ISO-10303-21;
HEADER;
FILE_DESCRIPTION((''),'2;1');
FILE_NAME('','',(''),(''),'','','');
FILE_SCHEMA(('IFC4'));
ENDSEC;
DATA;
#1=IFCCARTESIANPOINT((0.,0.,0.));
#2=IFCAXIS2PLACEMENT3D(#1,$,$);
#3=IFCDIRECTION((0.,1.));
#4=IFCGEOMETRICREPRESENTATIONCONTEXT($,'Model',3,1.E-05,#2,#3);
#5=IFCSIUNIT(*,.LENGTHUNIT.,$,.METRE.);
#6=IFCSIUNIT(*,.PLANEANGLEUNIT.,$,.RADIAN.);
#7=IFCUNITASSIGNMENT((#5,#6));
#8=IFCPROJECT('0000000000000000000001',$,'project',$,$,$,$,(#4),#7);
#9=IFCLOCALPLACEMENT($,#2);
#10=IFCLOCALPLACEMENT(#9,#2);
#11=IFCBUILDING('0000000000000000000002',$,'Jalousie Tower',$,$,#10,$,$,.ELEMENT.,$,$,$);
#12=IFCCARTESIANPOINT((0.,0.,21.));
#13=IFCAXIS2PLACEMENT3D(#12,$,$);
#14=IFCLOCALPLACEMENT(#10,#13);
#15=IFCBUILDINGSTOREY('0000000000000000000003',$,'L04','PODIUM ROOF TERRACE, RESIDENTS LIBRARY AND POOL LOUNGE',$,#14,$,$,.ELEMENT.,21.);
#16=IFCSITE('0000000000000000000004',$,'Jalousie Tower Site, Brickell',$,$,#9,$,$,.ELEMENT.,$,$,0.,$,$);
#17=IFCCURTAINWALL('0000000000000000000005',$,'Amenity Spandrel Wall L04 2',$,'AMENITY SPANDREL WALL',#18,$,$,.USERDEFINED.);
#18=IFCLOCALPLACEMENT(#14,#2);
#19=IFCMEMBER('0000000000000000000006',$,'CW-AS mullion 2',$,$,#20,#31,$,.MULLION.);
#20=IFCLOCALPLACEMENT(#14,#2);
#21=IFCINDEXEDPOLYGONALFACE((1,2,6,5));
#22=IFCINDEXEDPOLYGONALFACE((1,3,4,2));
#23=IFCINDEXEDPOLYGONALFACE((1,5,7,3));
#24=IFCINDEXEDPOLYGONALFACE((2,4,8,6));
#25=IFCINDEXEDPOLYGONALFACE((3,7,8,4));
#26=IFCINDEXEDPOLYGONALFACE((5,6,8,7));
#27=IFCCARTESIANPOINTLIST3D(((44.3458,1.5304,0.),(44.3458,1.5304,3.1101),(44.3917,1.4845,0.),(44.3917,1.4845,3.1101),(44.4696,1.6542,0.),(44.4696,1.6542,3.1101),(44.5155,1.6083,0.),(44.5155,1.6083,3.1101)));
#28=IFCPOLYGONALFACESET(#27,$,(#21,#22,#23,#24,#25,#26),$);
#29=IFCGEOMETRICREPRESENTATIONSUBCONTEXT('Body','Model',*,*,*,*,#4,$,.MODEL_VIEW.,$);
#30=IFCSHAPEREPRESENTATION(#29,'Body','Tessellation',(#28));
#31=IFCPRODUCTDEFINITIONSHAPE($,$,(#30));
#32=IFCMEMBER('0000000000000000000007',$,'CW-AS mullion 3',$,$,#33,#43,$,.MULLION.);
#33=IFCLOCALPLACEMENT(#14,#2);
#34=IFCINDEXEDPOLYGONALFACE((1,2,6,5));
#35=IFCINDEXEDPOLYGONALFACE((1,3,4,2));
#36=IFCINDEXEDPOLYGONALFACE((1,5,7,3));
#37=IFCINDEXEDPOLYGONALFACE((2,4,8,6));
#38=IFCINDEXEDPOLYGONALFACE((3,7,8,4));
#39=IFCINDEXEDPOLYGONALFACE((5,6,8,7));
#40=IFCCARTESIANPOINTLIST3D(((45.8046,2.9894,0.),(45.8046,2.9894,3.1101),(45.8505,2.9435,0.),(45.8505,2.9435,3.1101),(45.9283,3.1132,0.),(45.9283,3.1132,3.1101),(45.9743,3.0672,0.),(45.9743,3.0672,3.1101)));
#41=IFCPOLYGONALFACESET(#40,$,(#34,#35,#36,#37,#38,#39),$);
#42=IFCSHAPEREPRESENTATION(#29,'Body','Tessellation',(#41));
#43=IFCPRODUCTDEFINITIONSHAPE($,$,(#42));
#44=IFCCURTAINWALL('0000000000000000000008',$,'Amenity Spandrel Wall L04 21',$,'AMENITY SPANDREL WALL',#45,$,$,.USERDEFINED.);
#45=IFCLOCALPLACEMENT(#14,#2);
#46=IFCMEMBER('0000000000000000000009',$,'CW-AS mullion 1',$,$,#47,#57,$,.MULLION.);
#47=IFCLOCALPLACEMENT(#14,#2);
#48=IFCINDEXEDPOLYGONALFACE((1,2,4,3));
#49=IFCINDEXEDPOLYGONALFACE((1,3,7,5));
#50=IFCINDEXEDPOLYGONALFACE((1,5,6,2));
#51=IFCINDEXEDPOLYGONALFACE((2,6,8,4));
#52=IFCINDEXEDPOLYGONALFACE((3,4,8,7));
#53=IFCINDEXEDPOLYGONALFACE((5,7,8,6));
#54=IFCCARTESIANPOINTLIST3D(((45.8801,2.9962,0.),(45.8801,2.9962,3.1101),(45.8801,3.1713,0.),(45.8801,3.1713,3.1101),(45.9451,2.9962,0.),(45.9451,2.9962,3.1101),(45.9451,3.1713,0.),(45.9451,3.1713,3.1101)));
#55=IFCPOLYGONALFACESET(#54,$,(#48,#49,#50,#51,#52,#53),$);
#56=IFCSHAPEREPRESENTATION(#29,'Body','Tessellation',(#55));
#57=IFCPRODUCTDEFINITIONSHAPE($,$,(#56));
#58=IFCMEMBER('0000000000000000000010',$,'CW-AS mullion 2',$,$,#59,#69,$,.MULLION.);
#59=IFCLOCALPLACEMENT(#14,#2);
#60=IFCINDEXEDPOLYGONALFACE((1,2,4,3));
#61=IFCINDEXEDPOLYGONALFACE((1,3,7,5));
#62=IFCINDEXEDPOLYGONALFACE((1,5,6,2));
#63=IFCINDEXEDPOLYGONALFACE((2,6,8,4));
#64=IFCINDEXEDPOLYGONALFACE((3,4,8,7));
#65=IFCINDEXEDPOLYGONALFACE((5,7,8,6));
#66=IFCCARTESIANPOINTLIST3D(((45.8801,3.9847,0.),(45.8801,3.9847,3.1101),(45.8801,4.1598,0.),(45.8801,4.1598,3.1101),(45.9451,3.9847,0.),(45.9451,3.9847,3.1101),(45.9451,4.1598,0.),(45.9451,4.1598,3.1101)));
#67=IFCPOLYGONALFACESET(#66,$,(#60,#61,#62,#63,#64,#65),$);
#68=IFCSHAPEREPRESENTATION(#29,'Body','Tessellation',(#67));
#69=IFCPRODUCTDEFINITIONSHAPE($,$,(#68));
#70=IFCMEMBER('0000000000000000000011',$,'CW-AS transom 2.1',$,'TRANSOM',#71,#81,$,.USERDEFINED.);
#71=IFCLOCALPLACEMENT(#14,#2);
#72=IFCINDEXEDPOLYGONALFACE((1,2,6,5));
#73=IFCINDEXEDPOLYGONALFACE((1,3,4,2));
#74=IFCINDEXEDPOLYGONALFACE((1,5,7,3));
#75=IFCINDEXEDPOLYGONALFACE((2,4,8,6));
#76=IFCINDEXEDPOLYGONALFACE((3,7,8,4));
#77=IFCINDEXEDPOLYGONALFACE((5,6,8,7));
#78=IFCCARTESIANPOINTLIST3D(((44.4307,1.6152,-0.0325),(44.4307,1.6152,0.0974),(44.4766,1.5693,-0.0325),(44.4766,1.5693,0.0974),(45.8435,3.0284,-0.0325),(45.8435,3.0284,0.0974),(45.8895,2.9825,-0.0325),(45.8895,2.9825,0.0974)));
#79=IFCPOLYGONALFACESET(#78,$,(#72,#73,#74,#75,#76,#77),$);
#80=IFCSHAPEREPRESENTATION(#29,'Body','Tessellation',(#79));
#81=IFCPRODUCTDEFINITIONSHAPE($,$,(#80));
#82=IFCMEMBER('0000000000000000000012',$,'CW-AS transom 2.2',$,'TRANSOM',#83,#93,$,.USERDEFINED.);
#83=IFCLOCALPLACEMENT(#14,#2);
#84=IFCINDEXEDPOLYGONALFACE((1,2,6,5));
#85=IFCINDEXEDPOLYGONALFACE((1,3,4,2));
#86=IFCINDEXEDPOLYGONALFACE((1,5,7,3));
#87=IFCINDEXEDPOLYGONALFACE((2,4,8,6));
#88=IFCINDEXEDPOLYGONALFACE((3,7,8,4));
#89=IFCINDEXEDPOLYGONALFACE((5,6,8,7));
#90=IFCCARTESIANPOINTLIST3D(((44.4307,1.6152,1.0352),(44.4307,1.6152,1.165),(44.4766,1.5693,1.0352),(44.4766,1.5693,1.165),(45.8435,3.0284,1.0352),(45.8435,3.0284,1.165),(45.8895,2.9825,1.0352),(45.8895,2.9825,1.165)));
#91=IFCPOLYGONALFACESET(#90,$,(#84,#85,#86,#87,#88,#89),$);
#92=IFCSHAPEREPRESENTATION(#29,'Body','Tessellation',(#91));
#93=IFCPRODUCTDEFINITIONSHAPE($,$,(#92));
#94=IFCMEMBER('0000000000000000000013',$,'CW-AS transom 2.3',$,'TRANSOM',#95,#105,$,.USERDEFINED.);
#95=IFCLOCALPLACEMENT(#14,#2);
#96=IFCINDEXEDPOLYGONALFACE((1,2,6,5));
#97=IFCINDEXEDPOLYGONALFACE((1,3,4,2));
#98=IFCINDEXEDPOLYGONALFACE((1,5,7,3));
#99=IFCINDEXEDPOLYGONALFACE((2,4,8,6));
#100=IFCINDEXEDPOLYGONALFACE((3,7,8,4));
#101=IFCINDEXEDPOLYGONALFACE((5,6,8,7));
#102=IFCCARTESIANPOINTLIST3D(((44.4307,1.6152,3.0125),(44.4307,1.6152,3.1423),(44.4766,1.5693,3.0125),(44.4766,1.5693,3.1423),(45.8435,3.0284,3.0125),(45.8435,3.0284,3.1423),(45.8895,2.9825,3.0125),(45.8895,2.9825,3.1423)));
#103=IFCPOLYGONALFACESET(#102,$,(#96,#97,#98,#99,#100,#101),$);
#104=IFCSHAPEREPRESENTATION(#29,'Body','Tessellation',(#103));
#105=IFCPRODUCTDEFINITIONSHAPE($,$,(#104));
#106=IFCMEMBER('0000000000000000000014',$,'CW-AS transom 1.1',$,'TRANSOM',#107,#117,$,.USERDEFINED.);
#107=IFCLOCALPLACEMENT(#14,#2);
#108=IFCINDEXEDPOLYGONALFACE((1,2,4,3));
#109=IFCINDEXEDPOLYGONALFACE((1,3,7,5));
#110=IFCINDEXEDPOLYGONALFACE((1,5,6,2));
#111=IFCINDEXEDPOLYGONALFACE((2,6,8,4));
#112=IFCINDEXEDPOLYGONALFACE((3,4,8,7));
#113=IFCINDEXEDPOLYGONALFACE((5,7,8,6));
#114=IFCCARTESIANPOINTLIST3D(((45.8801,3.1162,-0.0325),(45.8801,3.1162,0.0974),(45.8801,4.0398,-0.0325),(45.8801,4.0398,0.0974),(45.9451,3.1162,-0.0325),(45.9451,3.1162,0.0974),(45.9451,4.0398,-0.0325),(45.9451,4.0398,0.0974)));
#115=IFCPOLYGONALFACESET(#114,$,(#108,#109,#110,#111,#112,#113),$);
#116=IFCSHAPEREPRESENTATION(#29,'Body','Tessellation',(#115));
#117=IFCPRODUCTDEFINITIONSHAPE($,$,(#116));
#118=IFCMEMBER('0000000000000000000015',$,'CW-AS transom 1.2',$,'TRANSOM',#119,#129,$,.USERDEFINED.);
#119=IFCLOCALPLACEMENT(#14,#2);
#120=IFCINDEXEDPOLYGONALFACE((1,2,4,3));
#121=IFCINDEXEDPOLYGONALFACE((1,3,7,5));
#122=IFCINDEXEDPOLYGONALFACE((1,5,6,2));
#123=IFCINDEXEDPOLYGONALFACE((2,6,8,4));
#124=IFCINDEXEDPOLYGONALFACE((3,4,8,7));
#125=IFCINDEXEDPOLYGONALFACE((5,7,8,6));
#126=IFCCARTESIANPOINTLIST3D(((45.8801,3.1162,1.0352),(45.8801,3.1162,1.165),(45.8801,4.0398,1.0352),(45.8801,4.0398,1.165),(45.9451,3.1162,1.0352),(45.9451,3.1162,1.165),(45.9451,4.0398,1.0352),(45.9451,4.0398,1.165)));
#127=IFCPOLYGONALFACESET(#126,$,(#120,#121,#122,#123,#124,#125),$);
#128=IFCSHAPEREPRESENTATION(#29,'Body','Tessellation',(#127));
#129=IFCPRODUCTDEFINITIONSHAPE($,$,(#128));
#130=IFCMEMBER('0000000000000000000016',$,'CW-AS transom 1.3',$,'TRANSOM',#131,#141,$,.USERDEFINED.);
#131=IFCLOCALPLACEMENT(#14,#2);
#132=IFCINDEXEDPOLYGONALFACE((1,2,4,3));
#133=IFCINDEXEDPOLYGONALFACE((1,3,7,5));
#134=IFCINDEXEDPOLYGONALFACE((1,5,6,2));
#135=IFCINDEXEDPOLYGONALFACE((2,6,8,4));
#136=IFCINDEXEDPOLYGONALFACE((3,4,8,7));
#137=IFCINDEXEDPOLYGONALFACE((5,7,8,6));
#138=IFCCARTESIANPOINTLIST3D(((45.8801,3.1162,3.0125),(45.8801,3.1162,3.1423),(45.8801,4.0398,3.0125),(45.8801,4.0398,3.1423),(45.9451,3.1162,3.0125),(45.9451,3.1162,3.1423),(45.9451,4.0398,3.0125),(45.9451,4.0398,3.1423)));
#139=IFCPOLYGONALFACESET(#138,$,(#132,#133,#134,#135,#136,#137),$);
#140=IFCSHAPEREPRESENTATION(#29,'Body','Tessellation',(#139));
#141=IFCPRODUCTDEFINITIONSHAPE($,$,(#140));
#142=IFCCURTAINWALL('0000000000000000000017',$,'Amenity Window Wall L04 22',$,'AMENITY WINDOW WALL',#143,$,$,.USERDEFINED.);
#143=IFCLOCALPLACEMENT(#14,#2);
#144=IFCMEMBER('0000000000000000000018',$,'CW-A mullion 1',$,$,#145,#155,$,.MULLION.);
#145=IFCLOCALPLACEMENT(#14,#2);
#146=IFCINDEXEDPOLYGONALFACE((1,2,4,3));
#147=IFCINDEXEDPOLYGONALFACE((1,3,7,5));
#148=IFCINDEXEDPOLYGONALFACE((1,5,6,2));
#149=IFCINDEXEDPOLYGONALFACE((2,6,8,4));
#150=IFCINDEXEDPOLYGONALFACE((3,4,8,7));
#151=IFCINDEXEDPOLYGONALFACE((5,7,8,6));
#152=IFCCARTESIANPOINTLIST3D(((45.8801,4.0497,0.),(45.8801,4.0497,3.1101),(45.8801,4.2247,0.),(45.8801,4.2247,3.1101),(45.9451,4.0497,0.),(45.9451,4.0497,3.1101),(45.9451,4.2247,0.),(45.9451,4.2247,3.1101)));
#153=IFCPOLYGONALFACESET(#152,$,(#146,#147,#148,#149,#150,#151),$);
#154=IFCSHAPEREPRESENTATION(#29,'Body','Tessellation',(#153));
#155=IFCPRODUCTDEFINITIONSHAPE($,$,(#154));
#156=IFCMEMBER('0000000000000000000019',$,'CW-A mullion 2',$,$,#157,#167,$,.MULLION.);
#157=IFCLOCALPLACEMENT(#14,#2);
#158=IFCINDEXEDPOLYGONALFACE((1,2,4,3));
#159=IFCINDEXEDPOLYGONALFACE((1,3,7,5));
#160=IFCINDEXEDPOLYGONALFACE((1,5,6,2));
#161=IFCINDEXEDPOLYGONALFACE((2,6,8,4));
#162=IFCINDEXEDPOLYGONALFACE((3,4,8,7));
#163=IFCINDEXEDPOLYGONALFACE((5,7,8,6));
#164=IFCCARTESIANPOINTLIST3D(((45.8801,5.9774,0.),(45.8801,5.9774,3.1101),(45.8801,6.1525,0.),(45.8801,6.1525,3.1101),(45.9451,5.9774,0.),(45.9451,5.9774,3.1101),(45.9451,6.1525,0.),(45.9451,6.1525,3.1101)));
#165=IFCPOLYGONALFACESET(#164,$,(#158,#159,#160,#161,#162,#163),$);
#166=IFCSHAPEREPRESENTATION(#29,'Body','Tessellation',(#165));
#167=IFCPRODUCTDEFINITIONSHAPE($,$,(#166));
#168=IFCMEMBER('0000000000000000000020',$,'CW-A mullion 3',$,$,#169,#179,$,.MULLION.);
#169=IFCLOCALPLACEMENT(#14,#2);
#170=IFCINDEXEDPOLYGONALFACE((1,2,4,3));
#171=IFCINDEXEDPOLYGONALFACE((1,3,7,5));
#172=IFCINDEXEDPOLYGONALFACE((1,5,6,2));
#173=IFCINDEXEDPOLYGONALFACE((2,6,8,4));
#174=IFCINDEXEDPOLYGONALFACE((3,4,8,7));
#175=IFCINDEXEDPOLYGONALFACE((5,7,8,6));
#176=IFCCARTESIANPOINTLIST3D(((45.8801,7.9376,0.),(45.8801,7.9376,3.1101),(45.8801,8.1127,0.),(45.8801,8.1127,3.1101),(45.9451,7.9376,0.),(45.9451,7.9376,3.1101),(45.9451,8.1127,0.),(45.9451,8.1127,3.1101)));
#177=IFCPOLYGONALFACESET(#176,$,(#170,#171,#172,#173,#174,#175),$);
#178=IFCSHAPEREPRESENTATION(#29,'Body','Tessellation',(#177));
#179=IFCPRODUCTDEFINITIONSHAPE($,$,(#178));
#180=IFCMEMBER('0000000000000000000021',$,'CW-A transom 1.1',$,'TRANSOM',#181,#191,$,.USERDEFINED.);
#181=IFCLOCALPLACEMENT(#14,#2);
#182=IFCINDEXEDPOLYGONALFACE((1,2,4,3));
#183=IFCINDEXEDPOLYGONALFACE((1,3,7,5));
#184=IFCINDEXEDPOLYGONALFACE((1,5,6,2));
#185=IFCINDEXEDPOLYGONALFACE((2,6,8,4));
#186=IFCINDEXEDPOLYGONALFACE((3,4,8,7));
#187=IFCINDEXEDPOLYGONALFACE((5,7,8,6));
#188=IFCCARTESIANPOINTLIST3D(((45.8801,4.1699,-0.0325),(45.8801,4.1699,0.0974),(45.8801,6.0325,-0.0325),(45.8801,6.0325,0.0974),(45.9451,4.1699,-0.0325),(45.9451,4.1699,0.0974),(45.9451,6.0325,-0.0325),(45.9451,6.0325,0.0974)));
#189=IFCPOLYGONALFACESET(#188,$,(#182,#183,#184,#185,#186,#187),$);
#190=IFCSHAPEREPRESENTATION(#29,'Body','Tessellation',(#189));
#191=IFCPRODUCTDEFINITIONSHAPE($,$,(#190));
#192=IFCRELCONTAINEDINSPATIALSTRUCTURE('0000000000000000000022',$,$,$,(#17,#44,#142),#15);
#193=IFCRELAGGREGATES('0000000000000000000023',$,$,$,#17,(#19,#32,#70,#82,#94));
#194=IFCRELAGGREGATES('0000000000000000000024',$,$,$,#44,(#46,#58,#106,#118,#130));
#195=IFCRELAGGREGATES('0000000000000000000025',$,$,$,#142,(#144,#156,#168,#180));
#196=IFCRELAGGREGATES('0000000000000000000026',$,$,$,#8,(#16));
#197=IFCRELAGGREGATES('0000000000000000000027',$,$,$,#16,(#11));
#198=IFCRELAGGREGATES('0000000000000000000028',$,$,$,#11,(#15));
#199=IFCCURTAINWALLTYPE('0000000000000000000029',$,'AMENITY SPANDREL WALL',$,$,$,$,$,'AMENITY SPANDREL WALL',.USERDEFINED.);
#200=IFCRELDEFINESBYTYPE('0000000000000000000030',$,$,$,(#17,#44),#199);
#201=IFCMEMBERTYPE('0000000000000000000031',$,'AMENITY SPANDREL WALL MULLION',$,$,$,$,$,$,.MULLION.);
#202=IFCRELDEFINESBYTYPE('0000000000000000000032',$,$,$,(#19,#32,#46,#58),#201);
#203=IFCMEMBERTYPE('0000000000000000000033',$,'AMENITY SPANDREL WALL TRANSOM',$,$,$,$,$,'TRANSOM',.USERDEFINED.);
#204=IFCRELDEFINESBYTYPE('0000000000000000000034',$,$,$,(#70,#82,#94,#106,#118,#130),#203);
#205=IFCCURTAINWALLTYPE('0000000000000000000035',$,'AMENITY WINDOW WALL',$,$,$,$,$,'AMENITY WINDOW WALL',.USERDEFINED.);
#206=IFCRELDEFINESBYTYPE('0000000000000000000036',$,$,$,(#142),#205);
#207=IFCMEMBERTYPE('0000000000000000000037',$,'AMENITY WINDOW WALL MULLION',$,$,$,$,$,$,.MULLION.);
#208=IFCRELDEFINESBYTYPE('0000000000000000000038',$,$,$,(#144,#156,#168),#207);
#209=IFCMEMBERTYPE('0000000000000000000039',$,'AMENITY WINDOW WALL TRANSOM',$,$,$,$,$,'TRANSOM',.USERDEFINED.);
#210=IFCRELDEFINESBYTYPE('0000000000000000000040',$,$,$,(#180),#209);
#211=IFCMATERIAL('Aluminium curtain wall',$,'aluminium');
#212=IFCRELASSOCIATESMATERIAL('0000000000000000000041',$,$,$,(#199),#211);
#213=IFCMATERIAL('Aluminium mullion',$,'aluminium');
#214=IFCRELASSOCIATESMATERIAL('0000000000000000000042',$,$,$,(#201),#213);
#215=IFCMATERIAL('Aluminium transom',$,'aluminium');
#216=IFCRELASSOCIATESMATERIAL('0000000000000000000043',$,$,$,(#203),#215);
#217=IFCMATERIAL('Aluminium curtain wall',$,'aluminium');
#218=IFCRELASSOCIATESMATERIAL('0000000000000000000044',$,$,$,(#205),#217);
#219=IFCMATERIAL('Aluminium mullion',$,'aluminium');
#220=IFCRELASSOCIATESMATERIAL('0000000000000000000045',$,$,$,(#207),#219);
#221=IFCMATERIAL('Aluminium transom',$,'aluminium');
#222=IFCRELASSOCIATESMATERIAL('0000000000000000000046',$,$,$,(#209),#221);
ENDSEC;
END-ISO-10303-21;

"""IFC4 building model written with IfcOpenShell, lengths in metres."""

from ifc_helpers import new_model, si_unit, direction, frame, origin, origin_2d, place, context, subcontext, project, spatial, rectangle, extrude, material, material_profile, profile_set, type_object, element, aggregate, save


model = new_model("IFC4")

# Units and contexts
model_context = context("Model", 3, precision=1e-05, world=origin(), true_north=direction((0.0, 1.0)))
body_context = subcontext(model_context, "Body", "Model", "MODEL_VIEW")
ifc_project = project(units=[si_unit("LENGTHUNIT", "METRE"), si_unit("PLANEANGLEUNIT", "RADIAN")], contexts=[model_context])

# Site, building, storey
site_placement = place(None, origin())
site = spatial("IfcSite", under=ifc_project, at=site_placement, Name="Jalousie Tower Site, Brickell", CompositionType="ELEMENT", RefElevation=0.0)
building_placement = place(site_placement, origin())
building = spatial("IfcBuilding", under=site, at=building_placement, Name="Jalousie Tower", CompositionType="ELEMENT")
storey_placement = place(building_placement, frame((0.0, 0.0, 21.0)))
storey = spatial("IfcBuildingStorey", under=building, at=storey_placement, Name="L04", Description="PODIUM ROOF TERRACE, RESIDENTS LIBRARY AND POOL LOUNGE", CompositionType="ELEMENT", Elevation=21.0)

# Curtain walls, members
ifc_material_1 = material(Name="Aluminium curtain wall", Category="aluminium")
curtain_wall_type_1 = type_object("IfcCurtainWallType", Name="AMENITY SPANDREL WALL", ElementType="AMENITY SPANDREL WALL", PredefinedType="USERDEFINED", material=ifc_material_1)
curtain_wall_1_placement = place(storey_placement, origin())
curtain_wall_1 = element("IfcCurtainWall", 1, at=curtain_wall_1_placement, inside=storey, type_object=curtain_wall_type_1, Name="Amenity Spandrel Wall L04 2", ObjectType="AMENITY SPANDREL WALL", PredefinedType="USERDEFINED")
ifc_material_2 = material(Name="Aluminium mullion", Category="aluminium")
ifc_material_profile_1 = material_profile(ifc_material_2, rectangle(XDim=0.0649, YDim=0.175, at=origin_2d()), Name="MULLION 65x175")
ifc_profile_set_1 = profile_set([ifc_material_profile_1], Name="Aluminium mullion")
member_type_1 = type_object("IfcMemberType", Name="AMENITY SPANDREL WALL MULLION", PredefinedType="MULLION", material=ifc_profile_set_1)
member_1_placement = place(storey_placement, frame((44.4307, 1.5693, 0.0), z_axis=(0.0, 0.0, 1.0), x_axis=(-0.707107, 0.707107, 0.0)))
member_1 = element("IfcMember", 2, at=member_1_placement, type_object=member_type_1, Name="CW-AS mullion 2", PredefinedType="MULLION", context=body_context, shape_type="SweptSolid", body=[
    extrude(rectangle(XDim=0.0649, YDim=0.175, at=origin_2d()), origin(), (0.0, 0.0, 1.0), 3.1101),
])
member_2_placement = place(storey_placement, frame((45.8894, 3.0283, 0.0), z_axis=(0.0, 0.0, 1.0), x_axis=(-0.707107, 0.707107, 0.0)))
member_2 = element("IfcMember", 3, at=member_2_placement, type_object=member_type_1, Name="CW-AS mullion 3", PredefinedType="MULLION", context=body_context, shape_type="SweptSolid", body=[
    extrude(rectangle(XDim=0.0649, YDim=0.175, at=origin_2d()), origin(), (0.0, 0.0, 1.0), 3.1101),
])
curtain_wall_2_placement = place(storey_placement, origin())
curtain_wall_2 = element("IfcCurtainWall", 4, at=curtain_wall_2_placement, inside=storey, type_object=curtain_wall_type_1, Name="Amenity Spandrel Wall L04 21", ObjectType="AMENITY SPANDREL WALL", PredefinedType="USERDEFINED")
member_3_placement = place(storey_placement, frame((45.9126, 3.0837, 0.0), z_axis=(0.0, 0.0, 1.0), x_axis=(-1.0, 0.0, 0.0)))
member_3 = element("IfcMember", 5, at=member_3_placement, type_object=member_type_1, Name="CW-AS mullion 1", PredefinedType="MULLION", context=body_context, shape_type="SweptSolid", body=[
    extrude(rectangle(XDim=0.0649, YDim=0.175, at=origin_2d()), origin(), (0.0, 0.0, 1.0), 3.1101),
])
member_4_placement = place(storey_placement, frame((45.9126, 4.0723, 0.0), z_axis=(0.0, 0.0, 1.0), x_axis=(-1.0, 0.0, 0.0)))
member_4 = element("IfcMember", 6, at=member_4_placement, type_object=member_type_1, Name="CW-AS mullion 2", PredefinedType="MULLION", context=body_context, shape_type="SweptSolid", body=[
    extrude(rectangle(XDim=0.0649, YDim=0.175, at=origin_2d()), origin(), (0.0, 0.0, 1.0), 3.1101),
])

# Members
ifc_material_3 = material(Name="Aluminium transom", Category="aluminium")
ifc_material_profile_2 = material_profile(ifc_material_3, rectangle(XDim=0.0649, YDim=0.1299, at=origin_2d()), Name="TRANSOM 65x130")
ifc_profile_set_2 = profile_set([ifc_material_profile_2], Name="Aluminium transom")
member_type_2 = type_object("IfcMemberType", Name="AMENITY SPANDREL WALL TRANSOM", ElementType="TRANSOM", PredefinedType="USERDEFINED", material=ifc_profile_set_2)
member_5_placement = place(storey_placement, frame((44.4536, 1.5923, 0.0325), z_axis=(0.707046, 0.707168, 0.0), x_axis=(-0.707168, 0.707046, 0.0)))
member_5 = element("IfcMember", 7, at=member_5_placement, type_object=member_type_2, Name="CW-AS transom 2.1", ObjectType="TRANSOM", PredefinedType="USERDEFINED", context=body_context, shape_type="SweptSolid", body=[
    extrude(rectangle(XDim=0.0649, YDim=0.1299, at=origin_2d()), origin(), (0.0, 0.0, 1.0), 1.9983),
])
member_6_placement = place(storey_placement, frame((44.4536, 1.5923, 1.1001), z_axis=(0.707046, 0.707168, 0.0), x_axis=(-0.707168, 0.707046, 0.0)))
member_6 = element("IfcMember", 8, at=member_6_placement, type_object=member_type_2, Name="CW-AS transom 2.2", ObjectType="TRANSOM", PredefinedType="USERDEFINED", context=body_context, shape_type="SweptSolid", body=[
    extrude(rectangle(XDim=0.0649, YDim=0.1299, at=origin_2d()), origin(), (0.0, 0.0, 1.0), 1.9983),
])
member_7_placement = place(storey_placement, frame((44.4536, 1.5923, 3.0774), z_axis=(0.707046, 0.707168, 0.0), x_axis=(-0.707168, 0.707046, 0.0)))
member_7 = element("IfcMember", 9, at=member_7_placement, type_object=member_type_2, Name="CW-AS transom 2.3", ObjectType="TRANSOM", PredefinedType="USERDEFINED", context=body_context, shape_type="SweptSolid", body=[
    extrude(rectangle(XDim=0.0649, YDim=0.1299, at=origin_2d()), origin(), (0.0, 0.0, 1.0), 1.9983),
])
member_8_placement = place(storey_placement, frame((45.9126, 3.1162, 0.0325), z_axis=(0.0, 1.0, 0.0), x_axis=(-1.0, 0.0, 0.0)))
member_8 = element("IfcMember", 10, at=member_8_placement, type_object=member_type_2, Name="CW-AS transom 1.1", ObjectType="TRANSOM", PredefinedType="USERDEFINED", context=body_context, shape_type="SweptSolid", body=[
    extrude(rectangle(XDim=0.0649, YDim=0.1299, at=origin_2d()), origin(), (0.0, 0.0, 1.0), 0.9236),
])
member_9_placement = place(storey_placement, frame((45.9126, 3.1162, 1.1001), z_axis=(0.0, 1.0, 0.0), x_axis=(-1.0, 0.0, 0.0)))
member_9 = element("IfcMember", 11, at=member_9_placement, type_object=member_type_2, Name="CW-AS transom 1.2", ObjectType="TRANSOM", PredefinedType="USERDEFINED", context=body_context, shape_type="SweptSolid", body=[
    extrude(rectangle(XDim=0.0649, YDim=0.1299, at=origin_2d()), origin(), (0.0, 0.0, 1.0), 0.9236),
])
member_10_placement = place(storey_placement, frame((45.9126, 3.1162, 3.0774), z_axis=(0.0, 1.0, 0.0), x_axis=(-1.0, 0.0, 0.0)))
member_10 = element("IfcMember", 12, at=member_10_placement, type_object=member_type_2, Name="CW-AS transom 1.3", ObjectType="TRANSOM", PredefinedType="USERDEFINED", context=body_context, shape_type="SweptSolid", body=[
    extrude(rectangle(XDim=0.0649, YDim=0.1299, at=origin_2d()), origin(), (0.0, 0.0, 1.0), 0.9236),
])

# Curtain wall, members
ifc_material_4 = material(Name="Aluminium curtain wall", Category="aluminium")
curtain_wall_type_2 = type_object("IfcCurtainWallType", Name="AMENITY WINDOW WALL", ElementType="AMENITY WINDOW WALL", PredefinedType="USERDEFINED", material=ifc_material_4)
curtain_wall_3_placement = place(storey_placement, origin())
curtain_wall_3 = element("IfcCurtainWall", 13, at=curtain_wall_3_placement, inside=storey, type_object=curtain_wall_type_2, Name="Amenity Window Wall L04 22", ObjectType="AMENITY WINDOW WALL", PredefinedType="USERDEFINED")
ifc_material_5 = material(Name="Aluminium mullion", Category="aluminium")
ifc_material_profile_3 = material_profile(ifc_material_5, rectangle(XDim=0.0649, YDim=0.175, at=origin_2d()), Name="MULLION 65x175")
ifc_profile_set_3 = profile_set([ifc_material_profile_3], Name="Aluminium mullion")
member_type_3 = type_object("IfcMemberType", Name="AMENITY WINDOW WALL MULLION", PredefinedType="MULLION", material=ifc_profile_set_3)
member_11_placement = place(storey_placement, frame((45.9126, 4.1372, 0.0), z_axis=(0.0, 0.0, 1.0), x_axis=(-1.0, 0.0, 0.0)))
member_11 = element("IfcMember", 14, at=member_11_placement, type_object=member_type_3, Name="CW-A mullion 1", PredefinedType="MULLION", context=body_context, shape_type="SweptSolid", body=[
    extrude(rectangle(XDim=0.0649, YDim=0.175, at=origin_2d()), origin(), (0.0, 0.0, 1.0), 3.1101),
])
member_12_placement = place(storey_placement, frame((45.9126, 6.0649, 0.0), z_axis=(0.0, 0.0, 1.0), x_axis=(-1.0, 0.0, 0.0)))
member_12 = element("IfcMember", 15, at=member_12_placement, type_object=member_type_3, Name="CW-A mullion 2", PredefinedType="MULLION", context=body_context, shape_type="SweptSolid", body=[
    extrude(rectangle(XDim=0.0649, YDim=0.175, at=origin_2d()), origin(), (0.0, 0.0, 1.0), 3.1101),
])
member_13_placement = place(storey_placement, frame((45.9126, 8.0251, 0.0), z_axis=(0.0, 0.0, 1.0), x_axis=(-1.0, 0.0, 0.0)))
member_13 = element("IfcMember", 16, at=member_13_placement, type_object=member_type_3, Name="CW-A mullion 3", PredefinedType="MULLION", context=body_context, shape_type="SweptSolid", body=[
    extrude(rectangle(XDim=0.0649, YDim=0.175, at=origin_2d()), origin(), (0.0, 0.0, 1.0), 3.1101),
])
ifc_material_6 = material(Name="Aluminium transom", Category="aluminium")
ifc_material_profile_4 = material_profile(ifc_material_6, rectangle(XDim=0.0649, YDim=0.1299, at=origin_2d()), Name="TRANSOM 65x130")
ifc_profile_set_4 = profile_set([ifc_material_profile_4], Name="Aluminium transom")
member_type_4 = type_object("IfcMemberType", Name="AMENITY WINDOW WALL TRANSOM", ElementType="TRANSOM", PredefinedType="USERDEFINED", material=ifc_profile_set_4)
member_14_placement = place(storey_placement, frame((45.9126, 4.1699, 0.0325), z_axis=(0.0, 1.0, 0.0), x_axis=(-1.0, 0.0, 0.0)))
member_14 = element("IfcMember", 17, at=member_14_placement, type_object=member_type_4, Name="CW-A transom 1.1", ObjectType="TRANSOM", PredefinedType="USERDEFINED", context=body_context, shape_type="SweptSolid", body=[
    extrude(rectangle(XDim=0.0649, YDim=0.1299, at=origin_2d()), origin(), (0.0, 0.0, 1.0), 1.8625),
])

aggregate(curtain_wall_1, [member_1, member_2, member_5, member_6, member_7])
aggregate(curtain_wall_2, [member_3, member_4, member_8, member_9, member_10])
aggregate(curtain_wall_3, [member_11, member_12, member_13, member_14])

save(model, "model.ifc")
